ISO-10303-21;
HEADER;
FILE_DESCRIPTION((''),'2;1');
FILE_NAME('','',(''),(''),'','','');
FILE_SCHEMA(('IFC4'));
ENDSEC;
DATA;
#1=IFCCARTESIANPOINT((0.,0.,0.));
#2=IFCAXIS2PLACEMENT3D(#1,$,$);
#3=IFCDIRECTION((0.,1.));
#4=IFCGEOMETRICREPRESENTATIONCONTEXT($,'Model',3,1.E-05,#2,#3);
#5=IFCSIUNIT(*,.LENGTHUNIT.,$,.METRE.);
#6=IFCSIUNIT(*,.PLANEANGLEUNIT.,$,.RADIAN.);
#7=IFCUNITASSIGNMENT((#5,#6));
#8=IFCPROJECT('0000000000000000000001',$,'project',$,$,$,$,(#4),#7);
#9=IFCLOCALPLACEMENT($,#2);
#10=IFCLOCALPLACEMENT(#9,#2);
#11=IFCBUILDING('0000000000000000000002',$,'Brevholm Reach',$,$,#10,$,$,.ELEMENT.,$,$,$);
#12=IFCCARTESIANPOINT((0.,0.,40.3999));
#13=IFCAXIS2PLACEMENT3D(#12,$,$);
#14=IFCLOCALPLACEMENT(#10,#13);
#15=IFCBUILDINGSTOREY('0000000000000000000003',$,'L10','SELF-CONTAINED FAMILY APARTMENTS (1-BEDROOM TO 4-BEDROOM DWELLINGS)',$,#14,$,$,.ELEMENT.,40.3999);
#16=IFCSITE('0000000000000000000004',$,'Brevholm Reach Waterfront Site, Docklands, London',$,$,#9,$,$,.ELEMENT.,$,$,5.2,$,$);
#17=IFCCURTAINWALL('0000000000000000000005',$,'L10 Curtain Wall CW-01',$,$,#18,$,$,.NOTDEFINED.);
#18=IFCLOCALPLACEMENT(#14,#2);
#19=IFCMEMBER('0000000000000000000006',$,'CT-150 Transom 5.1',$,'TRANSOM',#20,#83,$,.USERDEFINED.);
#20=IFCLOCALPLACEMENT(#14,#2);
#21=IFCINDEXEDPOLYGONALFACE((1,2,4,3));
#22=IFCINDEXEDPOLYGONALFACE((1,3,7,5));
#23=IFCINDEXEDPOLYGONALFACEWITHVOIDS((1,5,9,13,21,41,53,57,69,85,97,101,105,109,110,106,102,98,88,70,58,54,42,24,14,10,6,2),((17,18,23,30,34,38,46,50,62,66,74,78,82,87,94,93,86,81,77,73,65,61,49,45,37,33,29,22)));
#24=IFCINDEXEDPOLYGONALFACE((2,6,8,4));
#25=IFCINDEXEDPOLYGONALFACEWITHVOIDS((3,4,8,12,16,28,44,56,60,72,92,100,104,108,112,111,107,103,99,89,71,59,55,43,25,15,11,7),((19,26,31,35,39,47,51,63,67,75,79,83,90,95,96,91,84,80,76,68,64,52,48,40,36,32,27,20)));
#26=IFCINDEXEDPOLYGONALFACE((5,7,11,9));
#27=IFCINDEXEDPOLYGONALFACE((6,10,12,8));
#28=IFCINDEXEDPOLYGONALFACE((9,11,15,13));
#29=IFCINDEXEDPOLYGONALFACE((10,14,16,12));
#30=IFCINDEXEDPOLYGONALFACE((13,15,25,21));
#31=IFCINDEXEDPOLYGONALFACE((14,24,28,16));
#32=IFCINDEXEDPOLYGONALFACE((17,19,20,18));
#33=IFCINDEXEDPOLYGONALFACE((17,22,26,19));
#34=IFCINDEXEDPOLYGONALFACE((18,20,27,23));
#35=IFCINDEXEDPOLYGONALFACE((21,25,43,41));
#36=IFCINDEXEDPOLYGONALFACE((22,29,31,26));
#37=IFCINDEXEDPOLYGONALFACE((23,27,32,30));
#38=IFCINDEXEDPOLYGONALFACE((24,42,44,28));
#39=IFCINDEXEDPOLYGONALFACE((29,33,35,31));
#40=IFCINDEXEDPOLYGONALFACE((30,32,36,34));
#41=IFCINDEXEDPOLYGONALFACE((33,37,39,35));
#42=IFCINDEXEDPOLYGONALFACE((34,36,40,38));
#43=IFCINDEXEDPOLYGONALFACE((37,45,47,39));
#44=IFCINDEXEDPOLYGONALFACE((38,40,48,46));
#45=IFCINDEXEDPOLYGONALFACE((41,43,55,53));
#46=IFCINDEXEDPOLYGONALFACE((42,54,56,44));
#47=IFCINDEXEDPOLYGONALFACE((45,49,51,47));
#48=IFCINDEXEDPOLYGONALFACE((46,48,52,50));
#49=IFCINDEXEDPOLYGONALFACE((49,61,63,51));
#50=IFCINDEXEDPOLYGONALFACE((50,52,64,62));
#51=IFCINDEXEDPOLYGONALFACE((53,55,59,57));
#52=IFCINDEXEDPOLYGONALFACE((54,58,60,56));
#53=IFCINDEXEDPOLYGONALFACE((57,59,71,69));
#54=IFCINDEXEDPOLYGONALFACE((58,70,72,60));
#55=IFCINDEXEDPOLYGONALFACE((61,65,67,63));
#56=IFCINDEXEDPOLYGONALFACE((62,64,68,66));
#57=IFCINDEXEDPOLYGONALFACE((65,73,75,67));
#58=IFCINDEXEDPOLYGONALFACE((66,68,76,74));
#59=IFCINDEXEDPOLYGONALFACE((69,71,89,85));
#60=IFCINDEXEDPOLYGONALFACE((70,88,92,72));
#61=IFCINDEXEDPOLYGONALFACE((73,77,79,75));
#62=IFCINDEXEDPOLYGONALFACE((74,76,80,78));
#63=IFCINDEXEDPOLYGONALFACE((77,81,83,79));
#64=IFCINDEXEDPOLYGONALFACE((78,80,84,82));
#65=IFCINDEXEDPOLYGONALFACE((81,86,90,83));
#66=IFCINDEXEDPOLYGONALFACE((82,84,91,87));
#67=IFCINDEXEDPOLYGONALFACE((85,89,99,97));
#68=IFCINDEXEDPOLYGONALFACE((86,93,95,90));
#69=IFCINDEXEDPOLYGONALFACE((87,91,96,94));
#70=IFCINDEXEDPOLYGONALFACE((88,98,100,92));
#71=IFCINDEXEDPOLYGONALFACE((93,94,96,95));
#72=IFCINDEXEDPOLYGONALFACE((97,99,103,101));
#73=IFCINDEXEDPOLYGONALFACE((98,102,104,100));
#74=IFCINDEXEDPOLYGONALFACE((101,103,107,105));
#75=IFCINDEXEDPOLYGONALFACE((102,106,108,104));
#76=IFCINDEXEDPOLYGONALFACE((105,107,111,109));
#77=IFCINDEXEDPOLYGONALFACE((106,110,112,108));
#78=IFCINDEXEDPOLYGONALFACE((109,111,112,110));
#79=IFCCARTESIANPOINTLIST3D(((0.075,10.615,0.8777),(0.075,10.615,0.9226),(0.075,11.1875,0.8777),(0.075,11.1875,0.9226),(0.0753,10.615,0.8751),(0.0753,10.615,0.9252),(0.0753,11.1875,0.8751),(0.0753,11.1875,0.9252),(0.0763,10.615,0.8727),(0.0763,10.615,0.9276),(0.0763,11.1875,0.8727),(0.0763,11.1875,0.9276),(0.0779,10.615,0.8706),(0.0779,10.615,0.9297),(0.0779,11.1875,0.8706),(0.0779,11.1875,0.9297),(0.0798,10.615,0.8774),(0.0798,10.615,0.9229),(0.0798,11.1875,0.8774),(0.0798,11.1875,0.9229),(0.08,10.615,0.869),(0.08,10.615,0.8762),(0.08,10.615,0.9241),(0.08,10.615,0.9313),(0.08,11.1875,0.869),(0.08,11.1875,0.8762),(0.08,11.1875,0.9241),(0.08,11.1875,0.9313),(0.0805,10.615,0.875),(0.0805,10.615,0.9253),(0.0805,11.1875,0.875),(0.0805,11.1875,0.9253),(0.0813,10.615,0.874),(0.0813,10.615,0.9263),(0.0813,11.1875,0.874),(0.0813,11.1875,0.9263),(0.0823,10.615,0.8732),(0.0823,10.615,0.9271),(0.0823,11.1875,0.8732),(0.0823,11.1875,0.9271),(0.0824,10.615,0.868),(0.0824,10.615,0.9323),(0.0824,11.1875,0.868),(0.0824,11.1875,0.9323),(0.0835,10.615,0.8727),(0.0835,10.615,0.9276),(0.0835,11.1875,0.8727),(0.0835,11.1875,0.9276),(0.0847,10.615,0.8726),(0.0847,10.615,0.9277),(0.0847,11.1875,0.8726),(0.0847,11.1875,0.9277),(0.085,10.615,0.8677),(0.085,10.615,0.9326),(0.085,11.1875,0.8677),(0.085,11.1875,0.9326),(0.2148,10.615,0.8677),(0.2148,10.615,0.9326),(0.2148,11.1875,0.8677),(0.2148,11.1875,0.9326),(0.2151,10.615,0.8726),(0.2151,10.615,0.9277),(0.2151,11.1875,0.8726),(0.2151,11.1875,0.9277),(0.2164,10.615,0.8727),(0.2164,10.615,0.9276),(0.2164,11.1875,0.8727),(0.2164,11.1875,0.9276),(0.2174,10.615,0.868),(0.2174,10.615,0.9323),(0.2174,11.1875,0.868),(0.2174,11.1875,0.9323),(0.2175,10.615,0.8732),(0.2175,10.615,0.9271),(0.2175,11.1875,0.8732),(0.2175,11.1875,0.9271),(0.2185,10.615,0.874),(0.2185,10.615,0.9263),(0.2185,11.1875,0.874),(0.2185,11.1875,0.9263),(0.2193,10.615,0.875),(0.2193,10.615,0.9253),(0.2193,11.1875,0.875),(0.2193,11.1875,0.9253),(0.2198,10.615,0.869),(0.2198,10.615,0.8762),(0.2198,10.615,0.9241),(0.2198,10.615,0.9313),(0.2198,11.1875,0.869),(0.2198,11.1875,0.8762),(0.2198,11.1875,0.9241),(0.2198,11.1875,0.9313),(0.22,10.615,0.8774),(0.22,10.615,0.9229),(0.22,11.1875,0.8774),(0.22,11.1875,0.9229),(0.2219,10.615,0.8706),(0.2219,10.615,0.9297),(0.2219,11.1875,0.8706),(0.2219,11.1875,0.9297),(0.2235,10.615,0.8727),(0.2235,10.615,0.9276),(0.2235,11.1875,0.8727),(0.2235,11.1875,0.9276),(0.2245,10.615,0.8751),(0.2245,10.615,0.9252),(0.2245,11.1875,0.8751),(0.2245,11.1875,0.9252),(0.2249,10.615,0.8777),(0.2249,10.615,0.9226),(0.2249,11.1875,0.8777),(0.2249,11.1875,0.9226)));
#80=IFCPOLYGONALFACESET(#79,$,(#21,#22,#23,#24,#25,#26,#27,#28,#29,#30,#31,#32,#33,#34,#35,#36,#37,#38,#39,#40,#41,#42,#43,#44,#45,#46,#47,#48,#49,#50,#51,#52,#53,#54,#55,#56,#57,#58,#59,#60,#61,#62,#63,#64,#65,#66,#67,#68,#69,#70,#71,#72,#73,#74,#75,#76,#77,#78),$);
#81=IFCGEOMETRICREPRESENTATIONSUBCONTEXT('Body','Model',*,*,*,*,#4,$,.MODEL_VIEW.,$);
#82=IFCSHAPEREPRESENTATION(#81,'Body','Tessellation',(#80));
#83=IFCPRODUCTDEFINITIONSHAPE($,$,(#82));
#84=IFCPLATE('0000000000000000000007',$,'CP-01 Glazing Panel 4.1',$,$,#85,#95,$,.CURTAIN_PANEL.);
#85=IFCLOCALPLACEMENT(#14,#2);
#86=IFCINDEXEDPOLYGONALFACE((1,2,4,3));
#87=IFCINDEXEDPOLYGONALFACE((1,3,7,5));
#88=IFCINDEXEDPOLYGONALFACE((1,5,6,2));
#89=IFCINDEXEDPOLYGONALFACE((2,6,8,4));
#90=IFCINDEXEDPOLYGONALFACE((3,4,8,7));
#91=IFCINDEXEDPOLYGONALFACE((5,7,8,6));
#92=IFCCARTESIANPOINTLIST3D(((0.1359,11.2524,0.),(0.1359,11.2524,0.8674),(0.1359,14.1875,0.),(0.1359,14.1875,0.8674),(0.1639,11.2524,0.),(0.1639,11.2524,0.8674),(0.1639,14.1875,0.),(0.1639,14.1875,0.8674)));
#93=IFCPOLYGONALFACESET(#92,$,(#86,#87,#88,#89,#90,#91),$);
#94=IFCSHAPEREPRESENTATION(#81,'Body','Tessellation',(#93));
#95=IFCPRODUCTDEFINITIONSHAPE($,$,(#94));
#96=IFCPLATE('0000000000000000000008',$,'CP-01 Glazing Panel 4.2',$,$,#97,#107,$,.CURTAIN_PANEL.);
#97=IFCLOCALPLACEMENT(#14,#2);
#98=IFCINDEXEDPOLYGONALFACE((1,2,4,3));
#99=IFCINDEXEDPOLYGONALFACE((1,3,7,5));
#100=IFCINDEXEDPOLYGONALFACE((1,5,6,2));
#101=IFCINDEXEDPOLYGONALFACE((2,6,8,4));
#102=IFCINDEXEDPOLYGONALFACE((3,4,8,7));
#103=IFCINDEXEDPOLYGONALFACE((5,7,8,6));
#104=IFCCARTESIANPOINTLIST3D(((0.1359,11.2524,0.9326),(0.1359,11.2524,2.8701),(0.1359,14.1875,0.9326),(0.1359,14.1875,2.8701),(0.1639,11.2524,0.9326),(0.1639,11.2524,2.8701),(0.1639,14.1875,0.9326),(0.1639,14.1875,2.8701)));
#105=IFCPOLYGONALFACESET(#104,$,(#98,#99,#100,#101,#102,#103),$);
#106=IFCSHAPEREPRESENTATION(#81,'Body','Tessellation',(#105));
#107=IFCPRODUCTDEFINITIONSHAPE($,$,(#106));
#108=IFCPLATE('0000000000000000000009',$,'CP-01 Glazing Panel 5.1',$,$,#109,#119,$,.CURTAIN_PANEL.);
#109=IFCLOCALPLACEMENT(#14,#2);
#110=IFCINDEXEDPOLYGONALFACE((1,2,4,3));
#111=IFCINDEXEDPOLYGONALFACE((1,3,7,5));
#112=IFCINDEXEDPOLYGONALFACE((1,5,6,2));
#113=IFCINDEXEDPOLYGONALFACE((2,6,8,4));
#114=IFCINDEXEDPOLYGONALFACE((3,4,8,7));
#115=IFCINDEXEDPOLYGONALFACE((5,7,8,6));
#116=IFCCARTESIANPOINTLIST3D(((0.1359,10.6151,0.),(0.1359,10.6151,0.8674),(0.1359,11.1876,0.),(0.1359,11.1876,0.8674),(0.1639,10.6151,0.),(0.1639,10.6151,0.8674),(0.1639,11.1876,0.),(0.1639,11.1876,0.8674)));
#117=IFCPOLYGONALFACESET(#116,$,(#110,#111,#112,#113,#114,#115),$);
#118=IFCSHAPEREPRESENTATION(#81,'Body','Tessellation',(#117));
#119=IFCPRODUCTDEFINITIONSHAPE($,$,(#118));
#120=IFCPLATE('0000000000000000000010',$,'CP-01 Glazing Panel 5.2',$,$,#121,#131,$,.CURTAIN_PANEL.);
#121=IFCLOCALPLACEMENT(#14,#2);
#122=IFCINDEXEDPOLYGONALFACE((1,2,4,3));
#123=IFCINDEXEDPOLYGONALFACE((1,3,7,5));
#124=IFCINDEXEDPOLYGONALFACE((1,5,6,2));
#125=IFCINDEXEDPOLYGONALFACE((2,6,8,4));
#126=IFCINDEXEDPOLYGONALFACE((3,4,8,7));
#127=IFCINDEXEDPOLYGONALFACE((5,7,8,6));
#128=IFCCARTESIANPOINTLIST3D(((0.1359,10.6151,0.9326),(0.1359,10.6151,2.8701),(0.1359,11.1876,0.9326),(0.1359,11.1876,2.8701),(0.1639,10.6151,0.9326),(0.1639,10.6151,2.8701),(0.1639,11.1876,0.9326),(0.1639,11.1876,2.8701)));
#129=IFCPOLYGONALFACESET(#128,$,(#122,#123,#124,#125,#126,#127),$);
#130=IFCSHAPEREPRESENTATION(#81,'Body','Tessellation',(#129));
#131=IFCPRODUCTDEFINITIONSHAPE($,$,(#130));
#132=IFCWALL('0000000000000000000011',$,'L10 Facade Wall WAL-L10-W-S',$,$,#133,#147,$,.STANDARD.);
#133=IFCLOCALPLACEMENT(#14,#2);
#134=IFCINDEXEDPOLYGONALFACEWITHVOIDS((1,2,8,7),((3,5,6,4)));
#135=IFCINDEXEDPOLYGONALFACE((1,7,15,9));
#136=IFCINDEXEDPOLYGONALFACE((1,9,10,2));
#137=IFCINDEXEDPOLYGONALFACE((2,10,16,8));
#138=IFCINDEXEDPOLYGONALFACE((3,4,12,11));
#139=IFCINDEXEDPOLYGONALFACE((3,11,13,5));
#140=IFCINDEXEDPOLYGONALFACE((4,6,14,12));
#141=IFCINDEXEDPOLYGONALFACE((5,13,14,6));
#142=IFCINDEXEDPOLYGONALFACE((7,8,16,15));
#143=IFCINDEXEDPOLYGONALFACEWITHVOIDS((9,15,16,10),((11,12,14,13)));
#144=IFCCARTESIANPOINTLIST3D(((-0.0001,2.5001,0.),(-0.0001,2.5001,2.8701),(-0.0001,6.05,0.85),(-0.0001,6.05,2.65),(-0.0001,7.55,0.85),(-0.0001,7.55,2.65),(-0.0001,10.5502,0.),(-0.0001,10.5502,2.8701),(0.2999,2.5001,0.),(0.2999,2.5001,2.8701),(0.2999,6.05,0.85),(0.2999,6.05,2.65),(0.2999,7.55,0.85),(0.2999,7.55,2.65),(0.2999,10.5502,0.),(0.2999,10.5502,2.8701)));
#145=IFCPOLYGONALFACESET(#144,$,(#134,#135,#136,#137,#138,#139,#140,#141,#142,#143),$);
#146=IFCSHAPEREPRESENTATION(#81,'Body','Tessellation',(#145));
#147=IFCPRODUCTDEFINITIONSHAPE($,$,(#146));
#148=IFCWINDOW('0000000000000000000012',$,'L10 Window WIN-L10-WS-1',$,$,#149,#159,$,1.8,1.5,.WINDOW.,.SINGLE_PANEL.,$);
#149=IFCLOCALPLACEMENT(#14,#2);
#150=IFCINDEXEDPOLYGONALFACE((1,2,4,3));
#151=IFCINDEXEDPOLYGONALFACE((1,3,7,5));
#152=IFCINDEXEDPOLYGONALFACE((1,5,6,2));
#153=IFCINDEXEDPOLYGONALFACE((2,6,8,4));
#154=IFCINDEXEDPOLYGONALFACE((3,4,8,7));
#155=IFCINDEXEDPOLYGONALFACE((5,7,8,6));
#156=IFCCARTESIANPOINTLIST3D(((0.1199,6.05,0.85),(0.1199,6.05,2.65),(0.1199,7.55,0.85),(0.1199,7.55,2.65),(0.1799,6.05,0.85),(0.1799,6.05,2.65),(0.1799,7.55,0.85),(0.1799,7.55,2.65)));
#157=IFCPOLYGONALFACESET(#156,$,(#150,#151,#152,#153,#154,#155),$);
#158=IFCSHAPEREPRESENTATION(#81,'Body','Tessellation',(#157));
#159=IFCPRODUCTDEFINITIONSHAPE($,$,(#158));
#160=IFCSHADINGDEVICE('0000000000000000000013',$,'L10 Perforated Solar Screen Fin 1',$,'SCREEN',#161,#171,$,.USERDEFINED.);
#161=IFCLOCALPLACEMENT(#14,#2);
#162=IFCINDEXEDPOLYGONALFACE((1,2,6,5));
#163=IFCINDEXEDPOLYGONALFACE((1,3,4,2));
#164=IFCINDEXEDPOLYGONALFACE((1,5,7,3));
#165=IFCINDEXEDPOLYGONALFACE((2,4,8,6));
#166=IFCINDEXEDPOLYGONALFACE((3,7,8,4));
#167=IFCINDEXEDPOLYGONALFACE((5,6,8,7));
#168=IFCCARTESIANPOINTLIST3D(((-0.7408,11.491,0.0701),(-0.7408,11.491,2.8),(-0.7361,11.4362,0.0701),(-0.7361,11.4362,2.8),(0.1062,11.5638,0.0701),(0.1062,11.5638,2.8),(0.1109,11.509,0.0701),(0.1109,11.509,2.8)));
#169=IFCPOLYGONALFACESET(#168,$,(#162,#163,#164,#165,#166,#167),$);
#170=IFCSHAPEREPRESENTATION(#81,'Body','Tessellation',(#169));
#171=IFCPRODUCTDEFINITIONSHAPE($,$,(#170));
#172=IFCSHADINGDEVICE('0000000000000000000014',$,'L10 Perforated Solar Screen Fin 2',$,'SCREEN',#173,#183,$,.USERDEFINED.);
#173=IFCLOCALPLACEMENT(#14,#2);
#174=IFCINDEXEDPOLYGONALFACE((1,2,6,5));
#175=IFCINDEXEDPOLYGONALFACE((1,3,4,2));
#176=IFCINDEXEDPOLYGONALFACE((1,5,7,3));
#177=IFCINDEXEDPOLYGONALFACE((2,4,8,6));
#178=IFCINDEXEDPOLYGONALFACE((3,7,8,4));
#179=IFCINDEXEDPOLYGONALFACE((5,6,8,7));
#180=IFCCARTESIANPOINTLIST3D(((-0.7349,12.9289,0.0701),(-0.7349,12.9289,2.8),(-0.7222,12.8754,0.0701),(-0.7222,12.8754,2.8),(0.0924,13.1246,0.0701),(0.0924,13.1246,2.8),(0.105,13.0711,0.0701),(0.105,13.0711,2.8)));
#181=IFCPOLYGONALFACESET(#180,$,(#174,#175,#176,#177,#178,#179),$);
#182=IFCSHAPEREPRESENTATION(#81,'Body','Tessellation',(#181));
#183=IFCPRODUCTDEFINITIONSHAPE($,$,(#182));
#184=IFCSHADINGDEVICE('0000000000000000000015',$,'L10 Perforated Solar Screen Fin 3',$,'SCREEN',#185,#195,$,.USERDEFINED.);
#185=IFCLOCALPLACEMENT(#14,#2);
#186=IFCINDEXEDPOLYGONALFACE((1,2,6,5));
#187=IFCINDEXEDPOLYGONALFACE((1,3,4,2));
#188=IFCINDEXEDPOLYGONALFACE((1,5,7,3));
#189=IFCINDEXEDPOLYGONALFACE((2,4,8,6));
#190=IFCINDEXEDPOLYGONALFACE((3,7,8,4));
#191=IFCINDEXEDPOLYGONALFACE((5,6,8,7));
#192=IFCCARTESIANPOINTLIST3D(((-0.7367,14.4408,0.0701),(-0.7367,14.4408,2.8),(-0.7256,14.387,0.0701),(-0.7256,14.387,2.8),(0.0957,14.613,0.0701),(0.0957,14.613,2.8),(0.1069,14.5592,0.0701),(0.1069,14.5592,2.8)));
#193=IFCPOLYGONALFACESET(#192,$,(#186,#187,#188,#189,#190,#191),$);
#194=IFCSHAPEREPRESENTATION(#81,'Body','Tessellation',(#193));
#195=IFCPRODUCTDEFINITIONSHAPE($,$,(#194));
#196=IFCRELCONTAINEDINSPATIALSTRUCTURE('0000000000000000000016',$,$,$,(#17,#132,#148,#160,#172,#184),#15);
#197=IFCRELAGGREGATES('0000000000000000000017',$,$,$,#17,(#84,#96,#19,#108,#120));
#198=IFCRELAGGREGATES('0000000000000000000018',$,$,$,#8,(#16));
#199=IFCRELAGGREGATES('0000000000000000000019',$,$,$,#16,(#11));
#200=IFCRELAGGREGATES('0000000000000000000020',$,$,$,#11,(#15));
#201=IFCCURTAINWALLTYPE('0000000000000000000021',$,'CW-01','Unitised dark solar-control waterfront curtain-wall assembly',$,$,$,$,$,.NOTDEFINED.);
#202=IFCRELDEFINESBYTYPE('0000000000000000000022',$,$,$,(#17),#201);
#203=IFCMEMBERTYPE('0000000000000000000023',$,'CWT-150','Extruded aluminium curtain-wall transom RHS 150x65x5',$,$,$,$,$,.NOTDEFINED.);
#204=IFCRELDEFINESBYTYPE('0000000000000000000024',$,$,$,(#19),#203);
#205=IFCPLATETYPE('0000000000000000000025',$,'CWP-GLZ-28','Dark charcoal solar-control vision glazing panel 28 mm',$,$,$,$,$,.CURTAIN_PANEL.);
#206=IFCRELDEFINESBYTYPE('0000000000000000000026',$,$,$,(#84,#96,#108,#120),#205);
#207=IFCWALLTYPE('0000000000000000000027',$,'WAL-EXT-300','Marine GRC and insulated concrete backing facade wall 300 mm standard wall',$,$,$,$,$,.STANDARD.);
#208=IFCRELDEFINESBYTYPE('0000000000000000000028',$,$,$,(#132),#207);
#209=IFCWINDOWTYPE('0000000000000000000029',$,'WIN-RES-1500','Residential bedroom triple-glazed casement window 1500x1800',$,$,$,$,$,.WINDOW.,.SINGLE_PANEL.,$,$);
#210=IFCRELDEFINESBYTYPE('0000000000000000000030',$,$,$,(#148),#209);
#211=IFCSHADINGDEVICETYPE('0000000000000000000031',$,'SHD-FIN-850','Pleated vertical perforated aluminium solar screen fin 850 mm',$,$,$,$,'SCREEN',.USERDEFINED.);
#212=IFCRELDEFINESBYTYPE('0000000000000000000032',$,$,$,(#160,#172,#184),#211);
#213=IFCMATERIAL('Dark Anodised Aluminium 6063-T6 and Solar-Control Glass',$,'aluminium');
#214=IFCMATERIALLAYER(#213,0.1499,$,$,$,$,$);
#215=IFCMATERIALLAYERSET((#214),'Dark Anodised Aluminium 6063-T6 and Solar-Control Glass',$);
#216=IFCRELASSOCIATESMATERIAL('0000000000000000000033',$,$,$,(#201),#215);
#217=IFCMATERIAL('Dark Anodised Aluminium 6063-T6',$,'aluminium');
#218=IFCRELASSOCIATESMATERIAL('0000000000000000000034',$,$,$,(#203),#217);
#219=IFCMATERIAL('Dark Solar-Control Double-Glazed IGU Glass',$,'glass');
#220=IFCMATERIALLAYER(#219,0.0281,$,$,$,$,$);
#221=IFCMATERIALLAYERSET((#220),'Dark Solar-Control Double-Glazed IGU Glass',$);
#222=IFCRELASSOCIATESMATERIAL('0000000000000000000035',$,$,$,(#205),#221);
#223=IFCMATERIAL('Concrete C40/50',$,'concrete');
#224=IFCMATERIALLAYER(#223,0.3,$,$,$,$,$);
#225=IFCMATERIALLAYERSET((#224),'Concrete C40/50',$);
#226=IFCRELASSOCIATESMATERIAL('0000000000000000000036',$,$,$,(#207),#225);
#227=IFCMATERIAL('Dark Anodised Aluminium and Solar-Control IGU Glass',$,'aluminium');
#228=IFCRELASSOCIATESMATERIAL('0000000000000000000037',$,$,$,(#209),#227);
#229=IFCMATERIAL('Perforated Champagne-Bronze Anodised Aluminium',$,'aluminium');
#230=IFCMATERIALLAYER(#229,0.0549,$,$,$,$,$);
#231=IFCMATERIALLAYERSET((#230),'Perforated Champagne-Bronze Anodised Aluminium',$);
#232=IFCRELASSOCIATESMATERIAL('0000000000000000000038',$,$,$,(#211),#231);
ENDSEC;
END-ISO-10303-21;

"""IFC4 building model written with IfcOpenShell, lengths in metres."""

from ifc_helpers import new_model, si_unit, direction, frame, frame_2d, origin, origin_2d, place, context, subcontext, project, spatial, rectangle, hollow_rectangle, extrude, material, layer, layer_set, material_profile, profile_set, type_object, element, fill, aggregate, save


model = new_model("IFC4")

# Units and contexts
model_context = context("Model", 3, precision=1e-05, world=origin(), true_north=direction((0.0, 1.0)))
body_context = subcontext(model_context, "Body", "Model", "MODEL_VIEW")
ifc_project = project(units=[si_unit("LENGTHUNIT", "METRE"), si_unit("PLANEANGLEUNIT", "RADIAN")], contexts=[model_context])

# Site, building, storey
site_placement = place(None, origin())
site = spatial("IfcSite", under=ifc_project, at=site_placement, Name="Brevholm Reach Waterfront Site, Docklands, London", CompositionType="ELEMENT", RefElevation=5.2)
building_placement = place(site_placement, origin())
building = spatial("IfcBuilding", under=site, at=building_placement, Name="Brevholm Reach", CompositionType="ELEMENT")
storey_placement = place(building_placement, frame((0.0, 0.0, 40.3999)))
storey = spatial("IfcBuildingStorey", under=building, at=storey_placement, Name="L10", Description="SELF-CONTAINED FAMILY APARTMENTS (1-BEDROOM TO 4-BEDROOM DWELLINGS)", CompositionType="ELEMENT", Elevation=40.3999)

# Curtain wall, member, plates
ifc_material_1 = material(Name="Dark Anodised Aluminium 6063-T6 and Solar-Control Glass", Category="aluminium")
ifc_layer_1 = layer(ifc_material_1, 0.1499)
ifc_layer_set_1 = layer_set([ifc_layer_1], Name="Dark Anodised Aluminium 6063-T6 and Solar-Control Glass")
curtain_wall_type = type_object("IfcCurtainWallType", Name="CW-01", Description="Unitised dark solar-control waterfront curtain-wall assembly", PredefinedType="NOTDEFINED", material=ifc_layer_set_1)
curtain_wall_placement = place(storey_placement, origin())
curtain_wall = element("IfcCurtainWall", 1, at=curtain_wall_placement, inside=storey, type_object=curtain_wall_type, Name="L10 Curtain Wall CW-01", PredefinedType="NOTDEFINED")
ifc_material_2 = material(Name="Dark Anodised Aluminium 6063-T6", Category="aluminium")
ifc_material_profile_1 = material_profile(ifc_material_2, hollow_rectangle(XDim=0.0649, YDim=0.1499, WallThickness=0.0049, InnerFilletRadius=0.0049, OuterFilletRadius=0.01, at=origin_2d()), Name="RHS 150x65x5")
ifc_profile_set_1 = profile_set([ifc_material_profile_1], Name="Dark Anodised Aluminium 6063-T6")
member_type_1 = type_object("IfcMemberType", Name="CWT-150", Description="Extruded aluminium curtain-wall transom RHS 150x65x5", PredefinedType="NOTDEFINED", material=ifc_profile_set_1)
member_1_placement = place(storey_placement, frame((0.1499, 11.1875, 0.9001), z_axis=(0.0, -1.0, 0.0), x_axis=(0.0, 0.0, 1.0)))
member_1 = element("IfcMember", 2, at=member_1_placement, type_object=member_type_1, Name="CT-150 Transom 5.1", ObjectType="TRANSOM", PredefinedType="USERDEFINED", context=body_context, shape_type="SweptSolid", body=[
    extrude(hollow_rectangle(XDim=0.0649, YDim=0.1499, WallThickness=0.0049, InnerFilletRadius=0.0049, OuterFilletRadius=0.01, at=origin_2d()), origin(), (0.0, 0.0, 1.0), 0.5725),
])
ifc_material_3 = material(Name="Dark Solar-Control Double-Glazed IGU Glass", Category="glass")
ifc_layer_2 = layer(ifc_material_3, 0.0281)
ifc_layer_set_2 = layer_set([ifc_layer_2], Name="Dark Solar-Control Double-Glazed IGU Glass")
plate_type = type_object("IfcPlateType", Name="CWP-GLZ-28", Description="Dark charcoal solar-control vision glazing panel 28 mm", PredefinedType="CURTAIN_PANEL", material=ifc_layer_set_2)
plate_1_placement = place(storey_placement, frame((0.1499, 12.72, 0.0), z_axis=(0.0, 0.0, 1.0), x_axis=(0.0, -1.0, 0.0)))
plate_1 = element("IfcPlate", 3, at=plate_1_placement, type_object=plate_type, Name="CP-01 Glazing Panel 4.1", PredefinedType="CURTAIN_PANEL", context=body_context, shape_type="SweptSolid", body=[
    extrude(rectangle(XDim=2.9351, YDim=0.0281, at=origin_2d()), origin(), (0.0, 0.0, 1.0), 0.8674),
])
plate_2_placement = place(storey_placement, frame((0.1499, 12.72, 0.9326), z_axis=(0.0, 0.0, 1.0), x_axis=(0.0, -1.0, 0.0)))
plate_2 = element("IfcPlate", 4, at=plate_2_placement, type_object=plate_type, Name="CP-01 Glazing Panel 4.2", PredefinedType="CURTAIN_PANEL", context=body_context, shape_type="SweptSolid", body=[
    extrude(rectangle(XDim=2.9351, YDim=0.0281, at=origin_2d()), origin(), (0.0, 0.0, 1.0), 1.9375),
])
plate_3_placement = place(storey_placement, frame((0.1499, 10.9014, 0.0), z_axis=(0.0, 0.0, 1.0), x_axis=(0.0, -1.0, 0.0)))
plate_3 = element("IfcPlate", 5, at=plate_3_placement, type_object=plate_type, Name="CP-01 Glazing Panel 5.1", PredefinedType="CURTAIN_PANEL", context=body_context, shape_type="SweptSolid", body=[
    extrude(rectangle(XDim=0.5725, YDim=0.0281, at=origin_2d()), origin(), (0.0, 0.0, 1.0), 0.8674),
])
plate_4_placement = place(storey_placement, frame((0.1499, 10.9014, 0.9326), z_axis=(0.0, 0.0, 1.0), x_axis=(0.0, -1.0, 0.0)))
plate_4 = element("IfcPlate", 6, at=plate_4_placement, type_object=plate_type, Name="CP-01 Glazing Panel 5.2", PredefinedType="CURTAIN_PANEL", context=body_context, shape_type="SweptSolid", body=[
    extrude(rectangle(XDim=0.5725, YDim=0.0281, at=origin_2d()), origin(), (0.0, 0.0, 1.0), 1.9375),
])
aggregate(curtain_wall, [plate_1, plate_2, member_1, plate_3, plate_4])

# Wall, opening, window
ifc_material_4 = material(Name="Concrete C40/50", Category="concrete")
ifc_layer_3 = layer(ifc_material_4, 0.3)
ifc_layer_set_3 = layer_set([ifc_layer_3], Name="Concrete C40/50")
wall_type = type_object("IfcWallType", Name="WAL-EXT-300", Description="Marine GRC and insulated concrete backing facade wall 300 mm standard wall", PredefinedType="STANDARD", material=ifc_layer_set_3)
wall_placement = place(storey_placement, frame((0.1499, 10.55, 0.0), z_axis=(0.0, 0.0, 1.0), x_axis=(0.0, -1.0, 0.0)))
wall = element("IfcWall", 7, at=wall_placement, inside=storey, type_object=wall_type, Name="L10 Facade Wall WAL-L10-W-S", PredefinedType="STANDARD", context=body_context, shape_type="SweptSolid", body=[
    extrude(rectangle(XDim=8.05, YDim=0.3, at=frame_2d((4.0249, 0.0))), origin(), (0.0, 0.0, 1.0), 2.8701),
])
opening_placement = place(wall_placement, frame((3.0, 0.0, 0.8501)))
opening = element("IfcOpeningElement", 8, at=opening_placement, cuts=wall, PredefinedType="OPENING", context=body_context, shape_type="SweptSolid", body=[
    extrude(rectangle(XDim=1.5, YDim=1.8, at=frame_2d((0.75, 0.8999))), frame((0.0, 0.1599, 0.0), z_axis=(0.0, -1.0, 0.0), x_axis=(1.0, 0.0, 0.0)), (0.0, 0.0, 1.0), 0.3201),
])
ifc_material_5 = material(Name="Dark Anodised Aluminium and Solar-Control IGU Glass", Category="aluminium")
window_type = type_object("IfcWindowType", Name="WIN-RES-1500", Description="Residential bedroom triple-glazed casement window 1500x1800", PartitioningType="SINGLE_PANEL", PredefinedType="WINDOW", material=ifc_material_5)
window_placement = place(opening_placement, origin())
window = element("IfcWindow", 9, at=window_placement, inside=storey, type_object=window_type, Name="L10 Window WIN-L10-WS-1", OverallHeight=1.8, OverallWidth=1.5, PartitioningType="SINGLE_PANEL", PredefinedType="WINDOW", context=body_context, shape_type="SweptSolid", body=[
    extrude(rectangle(XDim=1.5, YDim=1.8, at=frame_2d((0.75, 0.8999))), frame((0.0, 0.03, 0.0), z_axis=(0.0, -1.0, 0.0), x_axis=(1.0, 0.0, 0.0)), (0.0, 0.0, 1.0), 0.0601),
])
fill(opening, window)

# Shading devices
ifc_material_6 = material(Name="Perforated Champagne-Bronze Anodised Aluminium", Category="aluminium")
ifc_layer_4 = layer(ifc_material_6, 0.0549)
ifc_layer_set_4 = layer_set([ifc_layer_4], Name="Perforated Champagne-Bronze Anodised Aluminium")
shading_device_type = type_object("IfcShadingDeviceType", Name="SHD-FIN-850", Description="Pleated vertical perforated aluminium solar screen fin 850 mm", ElementType="SCREEN", PredefinedType="USERDEFINED", material=ifc_layer_set_4)
for number, where, z_axis, x_axis, name in (
    (10, (-0.3149, 11.5, 0.0701), (0.0, 0.0, 1.0), (-0.996329, -0.085608, 0.0), "L10 Perforated Solar Screen Fin 1"),
    (11, (-0.3149, 13.0, 0.0701), (0.0, 0.0, 1.0), (-0.973131, -0.230254, 0.0), "L10 Perforated Solar Screen Fin 2"),
    (12, (-0.3149, 14.5, 0.0701), (0.0, 0.0, 1.0), (-0.979262, -0.202599, 0.0), "L10 Perforated Solar Screen Fin 3"),
):
    element("IfcShadingDevice", number, at=place(storey_placement, frame(where, z_axis=z_axis, x_axis=x_axis)), inside=storey, type_object=shading_device_type, Name=name, ObjectType="SCREEN", PredefinedType="USERDEFINED", context=body_context, shape_type="SweptSolid", body=[
        extrude(rectangle(XDim=0.8501, YDim=0.0549, at=origin_2d()), origin(), (0.0, 0.0, 1.0), 2.73),
    ])

save(model, "model.ifc")
